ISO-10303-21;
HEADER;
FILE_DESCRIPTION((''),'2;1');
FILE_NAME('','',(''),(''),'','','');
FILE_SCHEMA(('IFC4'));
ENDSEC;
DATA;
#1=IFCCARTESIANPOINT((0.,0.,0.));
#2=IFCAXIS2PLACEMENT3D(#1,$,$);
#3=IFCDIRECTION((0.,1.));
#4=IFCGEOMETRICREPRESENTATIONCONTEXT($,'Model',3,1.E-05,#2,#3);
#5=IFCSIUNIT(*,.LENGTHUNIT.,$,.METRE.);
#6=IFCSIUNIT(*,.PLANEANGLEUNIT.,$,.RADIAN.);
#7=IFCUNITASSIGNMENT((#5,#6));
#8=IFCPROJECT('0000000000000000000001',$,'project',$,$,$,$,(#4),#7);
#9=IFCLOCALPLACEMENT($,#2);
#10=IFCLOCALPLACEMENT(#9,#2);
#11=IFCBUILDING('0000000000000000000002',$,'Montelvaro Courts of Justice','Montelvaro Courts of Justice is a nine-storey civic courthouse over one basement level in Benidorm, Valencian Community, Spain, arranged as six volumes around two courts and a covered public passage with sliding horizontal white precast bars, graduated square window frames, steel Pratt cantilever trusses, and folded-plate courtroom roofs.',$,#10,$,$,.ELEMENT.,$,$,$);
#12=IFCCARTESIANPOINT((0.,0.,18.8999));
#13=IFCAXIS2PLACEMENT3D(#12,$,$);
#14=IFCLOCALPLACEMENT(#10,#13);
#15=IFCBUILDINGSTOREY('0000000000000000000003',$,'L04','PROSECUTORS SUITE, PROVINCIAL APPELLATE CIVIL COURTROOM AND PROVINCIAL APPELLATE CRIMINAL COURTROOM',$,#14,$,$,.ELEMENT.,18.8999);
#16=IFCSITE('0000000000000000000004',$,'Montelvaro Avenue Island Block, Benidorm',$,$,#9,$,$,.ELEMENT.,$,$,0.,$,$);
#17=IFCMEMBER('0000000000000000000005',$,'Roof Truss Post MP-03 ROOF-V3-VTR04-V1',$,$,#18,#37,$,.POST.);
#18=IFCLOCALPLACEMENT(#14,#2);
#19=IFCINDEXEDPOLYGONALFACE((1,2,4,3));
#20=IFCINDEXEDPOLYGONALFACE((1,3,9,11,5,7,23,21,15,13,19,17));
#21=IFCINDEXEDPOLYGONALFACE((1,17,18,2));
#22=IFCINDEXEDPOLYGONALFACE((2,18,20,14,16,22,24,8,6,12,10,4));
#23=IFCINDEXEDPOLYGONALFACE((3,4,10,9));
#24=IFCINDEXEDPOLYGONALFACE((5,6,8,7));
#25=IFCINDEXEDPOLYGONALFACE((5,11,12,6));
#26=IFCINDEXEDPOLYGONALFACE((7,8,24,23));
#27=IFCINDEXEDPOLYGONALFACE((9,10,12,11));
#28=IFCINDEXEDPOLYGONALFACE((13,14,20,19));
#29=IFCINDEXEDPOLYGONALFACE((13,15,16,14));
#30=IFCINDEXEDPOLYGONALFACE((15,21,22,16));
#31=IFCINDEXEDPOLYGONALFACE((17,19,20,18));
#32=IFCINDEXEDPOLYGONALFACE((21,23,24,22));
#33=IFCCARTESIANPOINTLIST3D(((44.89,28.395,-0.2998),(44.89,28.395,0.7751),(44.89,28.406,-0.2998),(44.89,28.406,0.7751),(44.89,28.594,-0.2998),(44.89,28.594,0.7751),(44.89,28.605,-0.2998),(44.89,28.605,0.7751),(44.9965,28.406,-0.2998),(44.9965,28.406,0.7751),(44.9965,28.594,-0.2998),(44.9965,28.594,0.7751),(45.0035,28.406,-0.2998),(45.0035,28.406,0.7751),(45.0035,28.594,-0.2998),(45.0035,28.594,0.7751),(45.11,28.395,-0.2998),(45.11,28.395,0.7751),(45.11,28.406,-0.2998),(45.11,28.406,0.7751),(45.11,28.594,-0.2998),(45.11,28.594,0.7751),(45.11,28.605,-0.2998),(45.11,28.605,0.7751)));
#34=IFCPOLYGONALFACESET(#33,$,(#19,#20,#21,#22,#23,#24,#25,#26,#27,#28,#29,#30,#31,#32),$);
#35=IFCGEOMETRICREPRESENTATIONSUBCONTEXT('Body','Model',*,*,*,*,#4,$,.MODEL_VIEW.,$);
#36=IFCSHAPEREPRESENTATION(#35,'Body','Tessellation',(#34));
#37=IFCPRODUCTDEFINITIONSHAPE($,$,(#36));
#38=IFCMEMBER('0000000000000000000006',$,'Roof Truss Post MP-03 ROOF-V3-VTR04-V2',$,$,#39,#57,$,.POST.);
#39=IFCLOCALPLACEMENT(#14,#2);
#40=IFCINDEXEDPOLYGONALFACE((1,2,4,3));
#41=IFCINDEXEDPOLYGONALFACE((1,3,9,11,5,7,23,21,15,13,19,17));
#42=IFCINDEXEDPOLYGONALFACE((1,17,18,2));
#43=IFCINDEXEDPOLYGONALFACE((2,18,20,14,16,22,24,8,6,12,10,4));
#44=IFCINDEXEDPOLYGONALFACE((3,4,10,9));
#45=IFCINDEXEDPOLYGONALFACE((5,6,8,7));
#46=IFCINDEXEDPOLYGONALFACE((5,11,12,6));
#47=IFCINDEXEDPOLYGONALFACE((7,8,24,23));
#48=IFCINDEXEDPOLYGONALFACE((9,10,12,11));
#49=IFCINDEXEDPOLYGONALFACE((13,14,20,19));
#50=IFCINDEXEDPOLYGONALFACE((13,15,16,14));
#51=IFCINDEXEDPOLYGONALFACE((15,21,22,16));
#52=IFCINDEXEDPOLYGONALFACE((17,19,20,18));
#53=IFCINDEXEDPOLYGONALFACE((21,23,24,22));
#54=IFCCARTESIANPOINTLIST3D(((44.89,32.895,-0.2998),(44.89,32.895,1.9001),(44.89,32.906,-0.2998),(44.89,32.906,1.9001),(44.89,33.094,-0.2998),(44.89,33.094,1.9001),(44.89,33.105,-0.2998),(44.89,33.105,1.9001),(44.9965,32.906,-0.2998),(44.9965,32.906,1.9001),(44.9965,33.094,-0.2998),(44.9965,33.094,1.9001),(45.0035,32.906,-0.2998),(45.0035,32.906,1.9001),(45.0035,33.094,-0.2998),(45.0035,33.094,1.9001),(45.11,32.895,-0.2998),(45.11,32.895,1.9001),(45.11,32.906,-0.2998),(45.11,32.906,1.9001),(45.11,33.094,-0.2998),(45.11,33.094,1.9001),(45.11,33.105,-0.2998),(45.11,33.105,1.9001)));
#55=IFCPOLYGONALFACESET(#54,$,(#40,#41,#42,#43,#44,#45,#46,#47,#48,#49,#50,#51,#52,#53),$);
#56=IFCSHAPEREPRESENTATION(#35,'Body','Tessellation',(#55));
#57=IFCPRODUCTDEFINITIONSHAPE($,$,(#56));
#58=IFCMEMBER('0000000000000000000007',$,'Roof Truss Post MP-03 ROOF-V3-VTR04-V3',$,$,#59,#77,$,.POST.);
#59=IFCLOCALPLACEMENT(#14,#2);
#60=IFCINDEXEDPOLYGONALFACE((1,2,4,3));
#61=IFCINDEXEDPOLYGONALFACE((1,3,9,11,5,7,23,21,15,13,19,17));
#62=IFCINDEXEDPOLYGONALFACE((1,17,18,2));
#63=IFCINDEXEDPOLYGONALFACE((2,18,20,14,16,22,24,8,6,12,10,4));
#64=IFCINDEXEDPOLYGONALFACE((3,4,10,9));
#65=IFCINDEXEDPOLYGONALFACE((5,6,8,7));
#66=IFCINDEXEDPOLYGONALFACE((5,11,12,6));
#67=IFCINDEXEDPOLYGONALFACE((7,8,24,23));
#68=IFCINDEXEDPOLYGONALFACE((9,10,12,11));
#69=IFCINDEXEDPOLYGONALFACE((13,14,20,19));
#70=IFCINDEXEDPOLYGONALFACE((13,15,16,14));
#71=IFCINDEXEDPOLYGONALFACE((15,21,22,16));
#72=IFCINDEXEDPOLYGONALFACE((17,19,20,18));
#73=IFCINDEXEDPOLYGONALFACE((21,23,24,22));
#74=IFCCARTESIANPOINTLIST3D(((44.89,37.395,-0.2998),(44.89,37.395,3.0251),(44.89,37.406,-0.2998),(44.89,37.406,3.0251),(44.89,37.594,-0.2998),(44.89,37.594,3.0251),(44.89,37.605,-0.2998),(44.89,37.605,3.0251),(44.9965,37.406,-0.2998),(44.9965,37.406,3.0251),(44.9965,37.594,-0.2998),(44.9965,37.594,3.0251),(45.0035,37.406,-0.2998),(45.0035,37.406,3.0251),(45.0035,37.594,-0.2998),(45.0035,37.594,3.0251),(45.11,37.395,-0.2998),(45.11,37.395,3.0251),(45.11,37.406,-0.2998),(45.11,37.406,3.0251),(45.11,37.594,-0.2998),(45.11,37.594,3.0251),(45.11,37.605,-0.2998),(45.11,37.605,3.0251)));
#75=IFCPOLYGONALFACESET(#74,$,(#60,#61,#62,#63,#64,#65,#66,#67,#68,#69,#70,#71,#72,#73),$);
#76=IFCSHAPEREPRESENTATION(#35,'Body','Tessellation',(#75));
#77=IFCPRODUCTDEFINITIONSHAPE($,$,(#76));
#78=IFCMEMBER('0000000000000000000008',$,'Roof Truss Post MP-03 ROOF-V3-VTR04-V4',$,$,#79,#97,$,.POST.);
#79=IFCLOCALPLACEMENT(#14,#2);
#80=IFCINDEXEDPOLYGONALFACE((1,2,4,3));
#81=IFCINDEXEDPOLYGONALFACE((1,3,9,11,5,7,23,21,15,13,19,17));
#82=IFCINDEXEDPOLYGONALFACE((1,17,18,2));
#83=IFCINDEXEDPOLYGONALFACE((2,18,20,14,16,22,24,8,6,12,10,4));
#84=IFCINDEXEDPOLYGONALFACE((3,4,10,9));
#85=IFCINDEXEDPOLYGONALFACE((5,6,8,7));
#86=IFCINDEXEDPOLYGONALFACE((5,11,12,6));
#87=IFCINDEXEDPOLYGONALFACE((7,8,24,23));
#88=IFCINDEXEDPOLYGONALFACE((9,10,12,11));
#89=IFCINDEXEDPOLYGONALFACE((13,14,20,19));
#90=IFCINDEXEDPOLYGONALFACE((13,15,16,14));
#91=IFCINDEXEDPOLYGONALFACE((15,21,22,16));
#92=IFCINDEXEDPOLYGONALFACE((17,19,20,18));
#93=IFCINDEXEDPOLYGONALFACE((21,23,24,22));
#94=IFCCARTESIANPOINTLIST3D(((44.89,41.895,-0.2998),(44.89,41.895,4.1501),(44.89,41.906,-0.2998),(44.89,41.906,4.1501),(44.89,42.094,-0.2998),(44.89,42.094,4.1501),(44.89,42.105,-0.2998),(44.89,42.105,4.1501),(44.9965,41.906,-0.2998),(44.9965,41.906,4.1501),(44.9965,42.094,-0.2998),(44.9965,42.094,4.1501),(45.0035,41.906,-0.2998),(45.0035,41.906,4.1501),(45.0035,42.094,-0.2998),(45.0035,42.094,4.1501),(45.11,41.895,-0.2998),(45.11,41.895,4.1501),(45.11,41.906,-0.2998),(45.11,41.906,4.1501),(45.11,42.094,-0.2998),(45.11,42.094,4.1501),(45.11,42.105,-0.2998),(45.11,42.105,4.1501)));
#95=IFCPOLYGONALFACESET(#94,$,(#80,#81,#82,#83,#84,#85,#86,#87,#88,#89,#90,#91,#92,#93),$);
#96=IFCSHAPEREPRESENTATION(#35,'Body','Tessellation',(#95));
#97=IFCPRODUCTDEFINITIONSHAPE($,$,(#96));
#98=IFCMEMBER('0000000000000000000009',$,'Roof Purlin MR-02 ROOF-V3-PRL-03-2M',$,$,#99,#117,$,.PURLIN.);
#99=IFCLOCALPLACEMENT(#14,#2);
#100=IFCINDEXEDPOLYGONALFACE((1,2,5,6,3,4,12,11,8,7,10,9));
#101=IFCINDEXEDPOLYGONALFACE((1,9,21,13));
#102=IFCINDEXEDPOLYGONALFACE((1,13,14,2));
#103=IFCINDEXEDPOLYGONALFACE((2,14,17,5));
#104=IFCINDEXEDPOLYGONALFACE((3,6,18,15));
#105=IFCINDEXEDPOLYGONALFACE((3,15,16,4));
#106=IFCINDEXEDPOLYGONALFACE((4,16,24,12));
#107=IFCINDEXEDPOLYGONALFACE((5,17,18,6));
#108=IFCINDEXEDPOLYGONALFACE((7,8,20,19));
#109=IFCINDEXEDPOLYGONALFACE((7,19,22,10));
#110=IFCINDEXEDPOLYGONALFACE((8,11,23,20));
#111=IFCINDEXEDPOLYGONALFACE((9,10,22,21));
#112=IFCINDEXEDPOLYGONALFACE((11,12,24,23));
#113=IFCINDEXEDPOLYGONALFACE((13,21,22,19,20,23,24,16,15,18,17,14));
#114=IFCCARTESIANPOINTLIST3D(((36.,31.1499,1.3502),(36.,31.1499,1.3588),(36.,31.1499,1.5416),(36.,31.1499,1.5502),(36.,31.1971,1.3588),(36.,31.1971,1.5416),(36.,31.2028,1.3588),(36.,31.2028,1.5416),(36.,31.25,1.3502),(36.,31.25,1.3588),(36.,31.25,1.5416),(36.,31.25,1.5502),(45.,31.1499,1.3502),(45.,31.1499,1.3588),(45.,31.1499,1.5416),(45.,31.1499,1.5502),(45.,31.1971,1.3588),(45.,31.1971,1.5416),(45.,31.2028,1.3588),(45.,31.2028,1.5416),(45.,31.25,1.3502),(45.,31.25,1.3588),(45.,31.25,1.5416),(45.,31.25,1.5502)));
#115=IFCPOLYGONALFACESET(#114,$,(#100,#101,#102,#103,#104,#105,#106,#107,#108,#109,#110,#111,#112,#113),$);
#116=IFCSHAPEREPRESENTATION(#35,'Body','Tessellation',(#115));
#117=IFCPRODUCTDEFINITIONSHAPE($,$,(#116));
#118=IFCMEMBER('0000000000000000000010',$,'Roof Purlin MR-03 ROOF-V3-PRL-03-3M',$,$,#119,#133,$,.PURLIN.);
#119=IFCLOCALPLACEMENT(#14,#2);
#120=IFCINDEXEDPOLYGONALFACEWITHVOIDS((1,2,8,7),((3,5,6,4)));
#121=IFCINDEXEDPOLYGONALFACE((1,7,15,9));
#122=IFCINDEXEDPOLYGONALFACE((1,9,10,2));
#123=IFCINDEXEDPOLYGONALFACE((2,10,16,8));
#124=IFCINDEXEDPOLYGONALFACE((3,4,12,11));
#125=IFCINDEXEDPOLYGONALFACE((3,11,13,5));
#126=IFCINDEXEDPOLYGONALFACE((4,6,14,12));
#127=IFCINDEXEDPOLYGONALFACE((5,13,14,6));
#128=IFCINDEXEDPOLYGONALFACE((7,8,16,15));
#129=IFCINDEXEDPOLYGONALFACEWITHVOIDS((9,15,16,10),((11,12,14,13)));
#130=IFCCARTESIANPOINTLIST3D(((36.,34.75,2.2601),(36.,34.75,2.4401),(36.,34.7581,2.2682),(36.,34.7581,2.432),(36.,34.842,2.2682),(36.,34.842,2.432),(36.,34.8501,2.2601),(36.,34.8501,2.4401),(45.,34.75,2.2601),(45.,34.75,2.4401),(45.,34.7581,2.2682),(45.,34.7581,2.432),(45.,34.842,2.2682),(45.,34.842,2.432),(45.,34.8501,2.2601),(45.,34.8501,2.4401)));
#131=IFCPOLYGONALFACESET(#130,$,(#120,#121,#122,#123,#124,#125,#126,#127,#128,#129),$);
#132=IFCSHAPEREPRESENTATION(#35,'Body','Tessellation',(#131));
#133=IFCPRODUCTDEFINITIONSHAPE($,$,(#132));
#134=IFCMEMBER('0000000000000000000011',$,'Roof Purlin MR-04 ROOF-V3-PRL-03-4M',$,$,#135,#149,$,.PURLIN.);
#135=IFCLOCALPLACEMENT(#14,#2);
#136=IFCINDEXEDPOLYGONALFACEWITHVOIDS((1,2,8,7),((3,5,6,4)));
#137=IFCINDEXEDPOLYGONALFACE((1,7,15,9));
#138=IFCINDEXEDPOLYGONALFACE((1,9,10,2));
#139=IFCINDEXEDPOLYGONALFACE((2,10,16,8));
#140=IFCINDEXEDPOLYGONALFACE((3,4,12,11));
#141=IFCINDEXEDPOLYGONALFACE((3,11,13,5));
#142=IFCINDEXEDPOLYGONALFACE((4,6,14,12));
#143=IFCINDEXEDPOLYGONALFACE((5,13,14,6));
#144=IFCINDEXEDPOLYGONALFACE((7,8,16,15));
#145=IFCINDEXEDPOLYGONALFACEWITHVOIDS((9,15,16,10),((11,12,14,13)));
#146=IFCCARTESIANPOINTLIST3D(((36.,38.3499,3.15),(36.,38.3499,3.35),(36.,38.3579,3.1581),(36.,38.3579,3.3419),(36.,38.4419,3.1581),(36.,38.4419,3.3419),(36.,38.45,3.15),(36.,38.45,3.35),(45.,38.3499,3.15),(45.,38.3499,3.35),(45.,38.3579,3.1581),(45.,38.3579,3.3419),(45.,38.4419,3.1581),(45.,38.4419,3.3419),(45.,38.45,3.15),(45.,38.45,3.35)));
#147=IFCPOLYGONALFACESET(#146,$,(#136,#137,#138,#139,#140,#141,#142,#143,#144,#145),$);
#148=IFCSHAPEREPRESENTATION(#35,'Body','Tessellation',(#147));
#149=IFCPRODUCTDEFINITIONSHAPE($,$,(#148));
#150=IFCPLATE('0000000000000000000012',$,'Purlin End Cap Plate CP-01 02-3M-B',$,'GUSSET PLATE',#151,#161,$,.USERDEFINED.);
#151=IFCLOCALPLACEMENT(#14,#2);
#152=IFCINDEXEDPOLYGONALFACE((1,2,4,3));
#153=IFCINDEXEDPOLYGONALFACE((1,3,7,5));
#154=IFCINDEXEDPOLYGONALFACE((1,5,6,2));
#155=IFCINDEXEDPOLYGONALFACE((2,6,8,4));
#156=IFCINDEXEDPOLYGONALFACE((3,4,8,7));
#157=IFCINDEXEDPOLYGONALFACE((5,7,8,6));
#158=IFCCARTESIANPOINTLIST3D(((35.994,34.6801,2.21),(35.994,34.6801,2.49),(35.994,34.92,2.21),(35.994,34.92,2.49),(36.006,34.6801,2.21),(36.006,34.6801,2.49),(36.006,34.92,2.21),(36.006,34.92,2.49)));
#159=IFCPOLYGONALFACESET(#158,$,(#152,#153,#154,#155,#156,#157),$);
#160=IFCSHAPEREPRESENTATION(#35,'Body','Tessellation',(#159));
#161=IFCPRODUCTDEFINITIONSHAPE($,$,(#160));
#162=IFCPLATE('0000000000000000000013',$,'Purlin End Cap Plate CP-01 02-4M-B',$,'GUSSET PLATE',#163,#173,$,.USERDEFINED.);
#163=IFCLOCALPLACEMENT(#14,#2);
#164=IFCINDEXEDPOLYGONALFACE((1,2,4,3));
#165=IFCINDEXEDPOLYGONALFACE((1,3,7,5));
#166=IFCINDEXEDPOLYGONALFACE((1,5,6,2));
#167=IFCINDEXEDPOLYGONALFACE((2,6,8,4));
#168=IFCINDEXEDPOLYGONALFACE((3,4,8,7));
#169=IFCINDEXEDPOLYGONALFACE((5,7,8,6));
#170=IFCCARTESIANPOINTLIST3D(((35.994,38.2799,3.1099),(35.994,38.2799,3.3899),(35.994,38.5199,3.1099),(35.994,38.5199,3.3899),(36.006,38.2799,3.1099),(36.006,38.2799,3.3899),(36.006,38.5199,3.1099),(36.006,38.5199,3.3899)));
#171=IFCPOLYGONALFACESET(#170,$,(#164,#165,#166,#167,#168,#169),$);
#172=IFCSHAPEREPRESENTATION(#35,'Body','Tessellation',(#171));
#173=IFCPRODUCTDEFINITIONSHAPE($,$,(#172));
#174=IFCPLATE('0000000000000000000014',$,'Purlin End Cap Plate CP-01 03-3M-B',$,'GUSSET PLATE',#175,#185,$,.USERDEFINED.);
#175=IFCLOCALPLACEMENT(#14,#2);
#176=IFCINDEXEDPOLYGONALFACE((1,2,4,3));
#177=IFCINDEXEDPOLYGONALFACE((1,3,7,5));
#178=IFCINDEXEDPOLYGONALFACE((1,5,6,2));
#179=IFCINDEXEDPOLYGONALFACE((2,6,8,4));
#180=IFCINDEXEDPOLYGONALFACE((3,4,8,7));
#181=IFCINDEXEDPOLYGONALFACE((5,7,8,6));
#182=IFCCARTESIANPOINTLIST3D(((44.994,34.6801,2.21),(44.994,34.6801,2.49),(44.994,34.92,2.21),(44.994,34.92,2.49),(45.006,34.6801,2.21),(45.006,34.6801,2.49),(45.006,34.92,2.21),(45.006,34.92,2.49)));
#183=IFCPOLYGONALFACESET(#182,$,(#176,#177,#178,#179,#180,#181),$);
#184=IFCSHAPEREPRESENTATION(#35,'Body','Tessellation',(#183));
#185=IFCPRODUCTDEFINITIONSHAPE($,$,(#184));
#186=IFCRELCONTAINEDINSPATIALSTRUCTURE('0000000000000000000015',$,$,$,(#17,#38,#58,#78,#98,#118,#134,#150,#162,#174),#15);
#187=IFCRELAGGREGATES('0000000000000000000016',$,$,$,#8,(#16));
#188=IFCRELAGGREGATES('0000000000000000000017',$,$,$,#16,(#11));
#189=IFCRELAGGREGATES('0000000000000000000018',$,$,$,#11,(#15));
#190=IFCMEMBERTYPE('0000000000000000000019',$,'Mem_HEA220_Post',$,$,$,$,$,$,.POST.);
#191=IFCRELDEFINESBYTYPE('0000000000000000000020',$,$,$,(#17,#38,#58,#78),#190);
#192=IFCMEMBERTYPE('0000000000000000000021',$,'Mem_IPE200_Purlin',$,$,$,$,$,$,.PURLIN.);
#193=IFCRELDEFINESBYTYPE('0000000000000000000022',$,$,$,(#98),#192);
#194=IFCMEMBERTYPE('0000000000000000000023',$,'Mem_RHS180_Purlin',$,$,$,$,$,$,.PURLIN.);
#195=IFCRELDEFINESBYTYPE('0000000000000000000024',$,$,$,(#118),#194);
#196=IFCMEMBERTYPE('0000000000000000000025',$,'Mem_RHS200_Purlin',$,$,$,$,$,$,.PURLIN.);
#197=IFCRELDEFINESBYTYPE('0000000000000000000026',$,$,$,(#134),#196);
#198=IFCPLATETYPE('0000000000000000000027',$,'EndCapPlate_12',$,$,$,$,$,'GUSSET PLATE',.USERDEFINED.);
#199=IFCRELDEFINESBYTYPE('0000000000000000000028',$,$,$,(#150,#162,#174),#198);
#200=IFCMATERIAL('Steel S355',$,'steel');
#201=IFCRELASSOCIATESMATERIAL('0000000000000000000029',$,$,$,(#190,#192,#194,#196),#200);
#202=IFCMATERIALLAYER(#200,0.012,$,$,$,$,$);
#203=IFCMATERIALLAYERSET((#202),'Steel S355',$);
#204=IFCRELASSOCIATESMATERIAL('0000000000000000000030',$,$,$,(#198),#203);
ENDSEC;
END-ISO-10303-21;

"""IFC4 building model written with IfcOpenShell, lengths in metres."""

from ifc_helpers import new_model, si_unit, direction, frame, origin, origin_2d, place, context, subcontext, project, spatial, rectangle, hollow_rectangle, i_section, extrude, material, layer, layer_set, material_profile, profile_set, type_object, element, save


model = new_model("IFC4")

# Units and contexts
model_context = context("Model", 3, precision=1e-05, world=origin(), true_north=direction((0.0, 1.0)))
body_context = subcontext(model_context, "Body", "Model", "MODEL_VIEW")
ifc_project = project(units=[si_unit("LENGTHUNIT", "METRE"), si_unit("PLANEANGLEUNIT", "RADIAN")], contexts=[model_context])

# Site, building, storey
site_placement = place(None, origin())
site = spatial("IfcSite", under=ifc_project, at=site_placement, Name="Montelvaro Avenue Island Block, Benidorm", CompositionType="ELEMENT", RefElevation=0.0)
building_placement = place(site_placement, origin())
building = spatial("IfcBuilding", under=site, at=building_placement, Name="Montelvaro Courts of Justice", Description="Montelvaro Courts of Justice is a nine-storey civic courthouse over one basement level in Benidorm, Valencian Community, Spain, arranged as six volumes around two courts and a covered public passage with sliding horizontal white precast bars, graduated square window frames, steel Pratt cantilever trusses, and folded-plate courtroom roofs.", CompositionType="ELEMENT")
storey_placement = place(building_placement, frame((0.0, 0.0, 18.8999)))
storey = spatial("IfcBuildingStorey", under=building, at=storey_placement, Name="L04", Description="PROSECUTORS SUITE, PROVINCIAL APPELLATE CIVIL COURTROOM AND PROVINCIAL APPELLATE CRIMINAL COURTROOM", CompositionType="ELEMENT", Elevation=18.8999)

# Members
ifc_material_1 = material(Name="Steel S355", Category="steel")
ifc_material_profile_1 = material_profile(ifc_material_1, i_section(OverallWidth=0.22, OverallDepth=0.21, WebThickness=0.0071, FlangeThickness=0.011, at=origin_2d()), Name="HEA 220")
ifc_profile_set_1 = profile_set([ifc_material_profile_1], Name="Steel S355")
member_type_1 = type_object("IfcMemberType", Name="Mem_HEA220_Post", PredefinedType="POST", material=ifc_profile_set_1)
member_1_placement = place(storey_placement, frame((45.0, 28.5, -0.2998), z_axis=(0.0, 0.0, 1.0), x_axis=(1.0, 0.0, 0.0)))
element("IfcMember", 1, at=member_1_placement, inside=storey, type_object=member_type_1, Name="Roof Truss Post MP-03 ROOF-V3-VTR04-V1", PredefinedType="POST", context=body_context, shape_type="SweptSolid", body=[
    extrude(i_section(OverallWidth=0.22, OverallDepth=0.21, WebThickness=0.0071, FlangeThickness=0.011, at=origin_2d()), origin(), (0.0, 0.0, 1.0), 1.075),
])
member_2_placement = place(storey_placement, frame((45.0, 33.0, -0.2998), z_axis=(0.0, 0.0, 1.0), x_axis=(1.0, 0.0, 0.0)))
element("IfcMember", 2, at=member_2_placement, inside=storey, type_object=member_type_1, Name="Roof Truss Post MP-03 ROOF-V3-VTR04-V2", PredefinedType="POST", context=body_context, shape_type="SweptSolid", body=[
    extrude(i_section(OverallWidth=0.22, OverallDepth=0.21, WebThickness=0.0071, FlangeThickness=0.011, at=origin_2d()), origin(), (0.0, 0.0, 1.0), 2.2),
])
member_3_placement = place(storey_placement, frame((45.0, 37.5, -0.2998), z_axis=(0.0, 0.0, 1.0), x_axis=(1.0, 0.0, 0.0)))
element("IfcMember", 3, at=member_3_placement, inside=storey, type_object=member_type_1, Name="Roof Truss Post MP-03 ROOF-V3-VTR04-V3", PredefinedType="POST", context=body_context, shape_type="SweptSolid", body=[
    extrude(i_section(OverallWidth=0.22, OverallDepth=0.21, WebThickness=0.0071, FlangeThickness=0.011, at=origin_2d()), origin(), (0.0, 0.0, 1.0), 3.325),
])
member_4_placement = place(storey_placement, frame((45.0, 42.0, -0.2998), z_axis=(0.0, 0.0, 1.0), x_axis=(1.0, 0.0, 0.0)))
element("IfcMember", 4, at=member_4_placement, inside=storey, type_object=member_type_1, Name="Roof Truss Post MP-03 ROOF-V3-VTR04-V4", PredefinedType="POST", context=body_context, shape_type="SweptSolid", body=[
    extrude(i_section(OverallWidth=0.22, OverallDepth=0.21, WebThickness=0.0071, FlangeThickness=0.011, at=origin_2d()), origin(), (0.0, 0.0, 1.0), 4.45),
])
ifc_material_profile_2 = material_profile(ifc_material_1, i_section(OverallWidth=0.1001, OverallDepth=0.2, WebThickness=0.0056, FlangeThickness=0.0085, at=origin_2d()), Name="IPE 200")
ifc_profile_set_2 = profile_set([ifc_material_profile_2], Name="Steel S355")
member_type_2 = type_object("IfcMemberType", Name="Mem_IPE200_Purlin", PredefinedType="PURLIN", material=ifc_profile_set_2)
member_5_placement = place(storey_placement, frame((36.0, 31.2, 1.4502), z_axis=(1.0, 0.0, 0.0), x_axis=(0.0, 1.0, 0.0)))
element("IfcMember", 5, at=member_5_placement, inside=storey, type_object=member_type_2, Name="Roof Purlin MR-02 ROOF-V3-PRL-03-2M", PredefinedType="PURLIN", context=body_context, shape_type="SweptSolid", body=[
    extrude(i_section(OverallWidth=0.1001, OverallDepth=0.2, WebThickness=0.0056, FlangeThickness=0.0085, at=origin_2d()), origin(), (0.0, 0.0, 1.0), 9.0),
])
ifc_material_profile_3 = material_profile(ifc_material_1, hollow_rectangle(XDim=0.1001, YDim=0.1799, WallThickness=0.0081, at=origin_2d()), Name="RHS 180x100x8")
ifc_profile_set_3 = profile_set([ifc_material_profile_3], Name="Steel S355")
member_type_3 = type_object("IfcMemberType", Name="Mem_RHS180_Purlin", PredefinedType="PURLIN", material=ifc_profile_set_3)
member_6_placement = place(storey_placement, frame((36.0, 34.8, 2.3501), z_axis=(1.0, 0.0, 0.0), x_axis=(0.0, 1.0, 0.0)))
element("IfcMember", 6, at=member_6_placement, inside=storey, type_object=member_type_3, Name="Roof Purlin MR-03 ROOF-V3-PRL-03-3M", PredefinedType="PURLIN", context=body_context, shape_type="SweptSolid", body=[
    extrude(hollow_rectangle(XDim=0.1001, YDim=0.1799, WallThickness=0.0081, at=origin_2d()), origin(), (0.0, 0.0, 1.0), 9.0),
])
ifc_material_profile_4 = material_profile(ifc_material_1, hollow_rectangle(XDim=0.1001, YDim=0.2, WallThickness=0.0081, at=origin_2d()), Name="RHS 200x100x8")
ifc_profile_set_4 = profile_set([ifc_material_profile_4], Name="Steel S355")
member_type_4 = type_object("IfcMemberType", Name="Mem_RHS200_Purlin", PredefinedType="PURLIN", material=ifc_profile_set_4)
member_7_placement = place(storey_placement, frame((36.0, 38.3999, 3.25), z_axis=(1.0, 0.0, 0.0), x_axis=(0.0, 1.0, 0.0)))
element("IfcMember", 7, at=member_7_placement, inside=storey, type_object=member_type_4, Name="Roof Purlin MR-04 ROOF-V3-PRL-03-4M", PredefinedType="PURLIN", context=body_context, shape_type="SweptSolid", body=[
    extrude(hollow_rectangle(XDim=0.1001, YDim=0.2, WallThickness=0.0081, at=origin_2d()), origin(), (0.0, 0.0, 1.0), 9.0),
])

# Plates
ifc_layer_1 = layer(ifc_material_1, 0.012)
ifc_layer_set_1 = layer_set([ifc_layer_1], Name="Steel S355")
plate_type_1 = type_object("IfcPlateType", Name="EndCapPlate_12", ElementType="GUSSET PLATE", PredefinedType="USERDEFINED", material=ifc_layer_set_1)
for number, where, z_axis, x_axis, name in (
    (8, (36.0, 34.8, 2.21), (0.0, 0.0, 1.0), (1.0, 0.0, 0.0), "Purlin End Cap Plate CP-01 02-3M-B"),
    (9, (36.0, 38.3999, 3.1099), (0.0, 0.0, 1.0), (1.0, 0.0, 0.0), "Purlin End Cap Plate CP-01 02-4M-B"),
    (10, (45.0, 34.8, 2.21), (0.0, 0.0, 1.0), (1.0, 0.0, 0.0), "Purlin End Cap Plate CP-01 03-3M-B"),
):
    element("IfcPlate", number, at=place(storey_placement, frame(where, z_axis=z_axis, x_axis=x_axis)), inside=storey, type_object=plate_type_1, Name=name, ObjectType="GUSSET PLATE", PredefinedType="USERDEFINED", context=body_context, shape_type="SweptSolid", body=[
        extrude(rectangle(XDim=0.012, YDim=0.24, at=origin_2d()), origin(), (0.0, 0.0, 1.0), 0.28),
    ])

save(model, "model.ifc")
